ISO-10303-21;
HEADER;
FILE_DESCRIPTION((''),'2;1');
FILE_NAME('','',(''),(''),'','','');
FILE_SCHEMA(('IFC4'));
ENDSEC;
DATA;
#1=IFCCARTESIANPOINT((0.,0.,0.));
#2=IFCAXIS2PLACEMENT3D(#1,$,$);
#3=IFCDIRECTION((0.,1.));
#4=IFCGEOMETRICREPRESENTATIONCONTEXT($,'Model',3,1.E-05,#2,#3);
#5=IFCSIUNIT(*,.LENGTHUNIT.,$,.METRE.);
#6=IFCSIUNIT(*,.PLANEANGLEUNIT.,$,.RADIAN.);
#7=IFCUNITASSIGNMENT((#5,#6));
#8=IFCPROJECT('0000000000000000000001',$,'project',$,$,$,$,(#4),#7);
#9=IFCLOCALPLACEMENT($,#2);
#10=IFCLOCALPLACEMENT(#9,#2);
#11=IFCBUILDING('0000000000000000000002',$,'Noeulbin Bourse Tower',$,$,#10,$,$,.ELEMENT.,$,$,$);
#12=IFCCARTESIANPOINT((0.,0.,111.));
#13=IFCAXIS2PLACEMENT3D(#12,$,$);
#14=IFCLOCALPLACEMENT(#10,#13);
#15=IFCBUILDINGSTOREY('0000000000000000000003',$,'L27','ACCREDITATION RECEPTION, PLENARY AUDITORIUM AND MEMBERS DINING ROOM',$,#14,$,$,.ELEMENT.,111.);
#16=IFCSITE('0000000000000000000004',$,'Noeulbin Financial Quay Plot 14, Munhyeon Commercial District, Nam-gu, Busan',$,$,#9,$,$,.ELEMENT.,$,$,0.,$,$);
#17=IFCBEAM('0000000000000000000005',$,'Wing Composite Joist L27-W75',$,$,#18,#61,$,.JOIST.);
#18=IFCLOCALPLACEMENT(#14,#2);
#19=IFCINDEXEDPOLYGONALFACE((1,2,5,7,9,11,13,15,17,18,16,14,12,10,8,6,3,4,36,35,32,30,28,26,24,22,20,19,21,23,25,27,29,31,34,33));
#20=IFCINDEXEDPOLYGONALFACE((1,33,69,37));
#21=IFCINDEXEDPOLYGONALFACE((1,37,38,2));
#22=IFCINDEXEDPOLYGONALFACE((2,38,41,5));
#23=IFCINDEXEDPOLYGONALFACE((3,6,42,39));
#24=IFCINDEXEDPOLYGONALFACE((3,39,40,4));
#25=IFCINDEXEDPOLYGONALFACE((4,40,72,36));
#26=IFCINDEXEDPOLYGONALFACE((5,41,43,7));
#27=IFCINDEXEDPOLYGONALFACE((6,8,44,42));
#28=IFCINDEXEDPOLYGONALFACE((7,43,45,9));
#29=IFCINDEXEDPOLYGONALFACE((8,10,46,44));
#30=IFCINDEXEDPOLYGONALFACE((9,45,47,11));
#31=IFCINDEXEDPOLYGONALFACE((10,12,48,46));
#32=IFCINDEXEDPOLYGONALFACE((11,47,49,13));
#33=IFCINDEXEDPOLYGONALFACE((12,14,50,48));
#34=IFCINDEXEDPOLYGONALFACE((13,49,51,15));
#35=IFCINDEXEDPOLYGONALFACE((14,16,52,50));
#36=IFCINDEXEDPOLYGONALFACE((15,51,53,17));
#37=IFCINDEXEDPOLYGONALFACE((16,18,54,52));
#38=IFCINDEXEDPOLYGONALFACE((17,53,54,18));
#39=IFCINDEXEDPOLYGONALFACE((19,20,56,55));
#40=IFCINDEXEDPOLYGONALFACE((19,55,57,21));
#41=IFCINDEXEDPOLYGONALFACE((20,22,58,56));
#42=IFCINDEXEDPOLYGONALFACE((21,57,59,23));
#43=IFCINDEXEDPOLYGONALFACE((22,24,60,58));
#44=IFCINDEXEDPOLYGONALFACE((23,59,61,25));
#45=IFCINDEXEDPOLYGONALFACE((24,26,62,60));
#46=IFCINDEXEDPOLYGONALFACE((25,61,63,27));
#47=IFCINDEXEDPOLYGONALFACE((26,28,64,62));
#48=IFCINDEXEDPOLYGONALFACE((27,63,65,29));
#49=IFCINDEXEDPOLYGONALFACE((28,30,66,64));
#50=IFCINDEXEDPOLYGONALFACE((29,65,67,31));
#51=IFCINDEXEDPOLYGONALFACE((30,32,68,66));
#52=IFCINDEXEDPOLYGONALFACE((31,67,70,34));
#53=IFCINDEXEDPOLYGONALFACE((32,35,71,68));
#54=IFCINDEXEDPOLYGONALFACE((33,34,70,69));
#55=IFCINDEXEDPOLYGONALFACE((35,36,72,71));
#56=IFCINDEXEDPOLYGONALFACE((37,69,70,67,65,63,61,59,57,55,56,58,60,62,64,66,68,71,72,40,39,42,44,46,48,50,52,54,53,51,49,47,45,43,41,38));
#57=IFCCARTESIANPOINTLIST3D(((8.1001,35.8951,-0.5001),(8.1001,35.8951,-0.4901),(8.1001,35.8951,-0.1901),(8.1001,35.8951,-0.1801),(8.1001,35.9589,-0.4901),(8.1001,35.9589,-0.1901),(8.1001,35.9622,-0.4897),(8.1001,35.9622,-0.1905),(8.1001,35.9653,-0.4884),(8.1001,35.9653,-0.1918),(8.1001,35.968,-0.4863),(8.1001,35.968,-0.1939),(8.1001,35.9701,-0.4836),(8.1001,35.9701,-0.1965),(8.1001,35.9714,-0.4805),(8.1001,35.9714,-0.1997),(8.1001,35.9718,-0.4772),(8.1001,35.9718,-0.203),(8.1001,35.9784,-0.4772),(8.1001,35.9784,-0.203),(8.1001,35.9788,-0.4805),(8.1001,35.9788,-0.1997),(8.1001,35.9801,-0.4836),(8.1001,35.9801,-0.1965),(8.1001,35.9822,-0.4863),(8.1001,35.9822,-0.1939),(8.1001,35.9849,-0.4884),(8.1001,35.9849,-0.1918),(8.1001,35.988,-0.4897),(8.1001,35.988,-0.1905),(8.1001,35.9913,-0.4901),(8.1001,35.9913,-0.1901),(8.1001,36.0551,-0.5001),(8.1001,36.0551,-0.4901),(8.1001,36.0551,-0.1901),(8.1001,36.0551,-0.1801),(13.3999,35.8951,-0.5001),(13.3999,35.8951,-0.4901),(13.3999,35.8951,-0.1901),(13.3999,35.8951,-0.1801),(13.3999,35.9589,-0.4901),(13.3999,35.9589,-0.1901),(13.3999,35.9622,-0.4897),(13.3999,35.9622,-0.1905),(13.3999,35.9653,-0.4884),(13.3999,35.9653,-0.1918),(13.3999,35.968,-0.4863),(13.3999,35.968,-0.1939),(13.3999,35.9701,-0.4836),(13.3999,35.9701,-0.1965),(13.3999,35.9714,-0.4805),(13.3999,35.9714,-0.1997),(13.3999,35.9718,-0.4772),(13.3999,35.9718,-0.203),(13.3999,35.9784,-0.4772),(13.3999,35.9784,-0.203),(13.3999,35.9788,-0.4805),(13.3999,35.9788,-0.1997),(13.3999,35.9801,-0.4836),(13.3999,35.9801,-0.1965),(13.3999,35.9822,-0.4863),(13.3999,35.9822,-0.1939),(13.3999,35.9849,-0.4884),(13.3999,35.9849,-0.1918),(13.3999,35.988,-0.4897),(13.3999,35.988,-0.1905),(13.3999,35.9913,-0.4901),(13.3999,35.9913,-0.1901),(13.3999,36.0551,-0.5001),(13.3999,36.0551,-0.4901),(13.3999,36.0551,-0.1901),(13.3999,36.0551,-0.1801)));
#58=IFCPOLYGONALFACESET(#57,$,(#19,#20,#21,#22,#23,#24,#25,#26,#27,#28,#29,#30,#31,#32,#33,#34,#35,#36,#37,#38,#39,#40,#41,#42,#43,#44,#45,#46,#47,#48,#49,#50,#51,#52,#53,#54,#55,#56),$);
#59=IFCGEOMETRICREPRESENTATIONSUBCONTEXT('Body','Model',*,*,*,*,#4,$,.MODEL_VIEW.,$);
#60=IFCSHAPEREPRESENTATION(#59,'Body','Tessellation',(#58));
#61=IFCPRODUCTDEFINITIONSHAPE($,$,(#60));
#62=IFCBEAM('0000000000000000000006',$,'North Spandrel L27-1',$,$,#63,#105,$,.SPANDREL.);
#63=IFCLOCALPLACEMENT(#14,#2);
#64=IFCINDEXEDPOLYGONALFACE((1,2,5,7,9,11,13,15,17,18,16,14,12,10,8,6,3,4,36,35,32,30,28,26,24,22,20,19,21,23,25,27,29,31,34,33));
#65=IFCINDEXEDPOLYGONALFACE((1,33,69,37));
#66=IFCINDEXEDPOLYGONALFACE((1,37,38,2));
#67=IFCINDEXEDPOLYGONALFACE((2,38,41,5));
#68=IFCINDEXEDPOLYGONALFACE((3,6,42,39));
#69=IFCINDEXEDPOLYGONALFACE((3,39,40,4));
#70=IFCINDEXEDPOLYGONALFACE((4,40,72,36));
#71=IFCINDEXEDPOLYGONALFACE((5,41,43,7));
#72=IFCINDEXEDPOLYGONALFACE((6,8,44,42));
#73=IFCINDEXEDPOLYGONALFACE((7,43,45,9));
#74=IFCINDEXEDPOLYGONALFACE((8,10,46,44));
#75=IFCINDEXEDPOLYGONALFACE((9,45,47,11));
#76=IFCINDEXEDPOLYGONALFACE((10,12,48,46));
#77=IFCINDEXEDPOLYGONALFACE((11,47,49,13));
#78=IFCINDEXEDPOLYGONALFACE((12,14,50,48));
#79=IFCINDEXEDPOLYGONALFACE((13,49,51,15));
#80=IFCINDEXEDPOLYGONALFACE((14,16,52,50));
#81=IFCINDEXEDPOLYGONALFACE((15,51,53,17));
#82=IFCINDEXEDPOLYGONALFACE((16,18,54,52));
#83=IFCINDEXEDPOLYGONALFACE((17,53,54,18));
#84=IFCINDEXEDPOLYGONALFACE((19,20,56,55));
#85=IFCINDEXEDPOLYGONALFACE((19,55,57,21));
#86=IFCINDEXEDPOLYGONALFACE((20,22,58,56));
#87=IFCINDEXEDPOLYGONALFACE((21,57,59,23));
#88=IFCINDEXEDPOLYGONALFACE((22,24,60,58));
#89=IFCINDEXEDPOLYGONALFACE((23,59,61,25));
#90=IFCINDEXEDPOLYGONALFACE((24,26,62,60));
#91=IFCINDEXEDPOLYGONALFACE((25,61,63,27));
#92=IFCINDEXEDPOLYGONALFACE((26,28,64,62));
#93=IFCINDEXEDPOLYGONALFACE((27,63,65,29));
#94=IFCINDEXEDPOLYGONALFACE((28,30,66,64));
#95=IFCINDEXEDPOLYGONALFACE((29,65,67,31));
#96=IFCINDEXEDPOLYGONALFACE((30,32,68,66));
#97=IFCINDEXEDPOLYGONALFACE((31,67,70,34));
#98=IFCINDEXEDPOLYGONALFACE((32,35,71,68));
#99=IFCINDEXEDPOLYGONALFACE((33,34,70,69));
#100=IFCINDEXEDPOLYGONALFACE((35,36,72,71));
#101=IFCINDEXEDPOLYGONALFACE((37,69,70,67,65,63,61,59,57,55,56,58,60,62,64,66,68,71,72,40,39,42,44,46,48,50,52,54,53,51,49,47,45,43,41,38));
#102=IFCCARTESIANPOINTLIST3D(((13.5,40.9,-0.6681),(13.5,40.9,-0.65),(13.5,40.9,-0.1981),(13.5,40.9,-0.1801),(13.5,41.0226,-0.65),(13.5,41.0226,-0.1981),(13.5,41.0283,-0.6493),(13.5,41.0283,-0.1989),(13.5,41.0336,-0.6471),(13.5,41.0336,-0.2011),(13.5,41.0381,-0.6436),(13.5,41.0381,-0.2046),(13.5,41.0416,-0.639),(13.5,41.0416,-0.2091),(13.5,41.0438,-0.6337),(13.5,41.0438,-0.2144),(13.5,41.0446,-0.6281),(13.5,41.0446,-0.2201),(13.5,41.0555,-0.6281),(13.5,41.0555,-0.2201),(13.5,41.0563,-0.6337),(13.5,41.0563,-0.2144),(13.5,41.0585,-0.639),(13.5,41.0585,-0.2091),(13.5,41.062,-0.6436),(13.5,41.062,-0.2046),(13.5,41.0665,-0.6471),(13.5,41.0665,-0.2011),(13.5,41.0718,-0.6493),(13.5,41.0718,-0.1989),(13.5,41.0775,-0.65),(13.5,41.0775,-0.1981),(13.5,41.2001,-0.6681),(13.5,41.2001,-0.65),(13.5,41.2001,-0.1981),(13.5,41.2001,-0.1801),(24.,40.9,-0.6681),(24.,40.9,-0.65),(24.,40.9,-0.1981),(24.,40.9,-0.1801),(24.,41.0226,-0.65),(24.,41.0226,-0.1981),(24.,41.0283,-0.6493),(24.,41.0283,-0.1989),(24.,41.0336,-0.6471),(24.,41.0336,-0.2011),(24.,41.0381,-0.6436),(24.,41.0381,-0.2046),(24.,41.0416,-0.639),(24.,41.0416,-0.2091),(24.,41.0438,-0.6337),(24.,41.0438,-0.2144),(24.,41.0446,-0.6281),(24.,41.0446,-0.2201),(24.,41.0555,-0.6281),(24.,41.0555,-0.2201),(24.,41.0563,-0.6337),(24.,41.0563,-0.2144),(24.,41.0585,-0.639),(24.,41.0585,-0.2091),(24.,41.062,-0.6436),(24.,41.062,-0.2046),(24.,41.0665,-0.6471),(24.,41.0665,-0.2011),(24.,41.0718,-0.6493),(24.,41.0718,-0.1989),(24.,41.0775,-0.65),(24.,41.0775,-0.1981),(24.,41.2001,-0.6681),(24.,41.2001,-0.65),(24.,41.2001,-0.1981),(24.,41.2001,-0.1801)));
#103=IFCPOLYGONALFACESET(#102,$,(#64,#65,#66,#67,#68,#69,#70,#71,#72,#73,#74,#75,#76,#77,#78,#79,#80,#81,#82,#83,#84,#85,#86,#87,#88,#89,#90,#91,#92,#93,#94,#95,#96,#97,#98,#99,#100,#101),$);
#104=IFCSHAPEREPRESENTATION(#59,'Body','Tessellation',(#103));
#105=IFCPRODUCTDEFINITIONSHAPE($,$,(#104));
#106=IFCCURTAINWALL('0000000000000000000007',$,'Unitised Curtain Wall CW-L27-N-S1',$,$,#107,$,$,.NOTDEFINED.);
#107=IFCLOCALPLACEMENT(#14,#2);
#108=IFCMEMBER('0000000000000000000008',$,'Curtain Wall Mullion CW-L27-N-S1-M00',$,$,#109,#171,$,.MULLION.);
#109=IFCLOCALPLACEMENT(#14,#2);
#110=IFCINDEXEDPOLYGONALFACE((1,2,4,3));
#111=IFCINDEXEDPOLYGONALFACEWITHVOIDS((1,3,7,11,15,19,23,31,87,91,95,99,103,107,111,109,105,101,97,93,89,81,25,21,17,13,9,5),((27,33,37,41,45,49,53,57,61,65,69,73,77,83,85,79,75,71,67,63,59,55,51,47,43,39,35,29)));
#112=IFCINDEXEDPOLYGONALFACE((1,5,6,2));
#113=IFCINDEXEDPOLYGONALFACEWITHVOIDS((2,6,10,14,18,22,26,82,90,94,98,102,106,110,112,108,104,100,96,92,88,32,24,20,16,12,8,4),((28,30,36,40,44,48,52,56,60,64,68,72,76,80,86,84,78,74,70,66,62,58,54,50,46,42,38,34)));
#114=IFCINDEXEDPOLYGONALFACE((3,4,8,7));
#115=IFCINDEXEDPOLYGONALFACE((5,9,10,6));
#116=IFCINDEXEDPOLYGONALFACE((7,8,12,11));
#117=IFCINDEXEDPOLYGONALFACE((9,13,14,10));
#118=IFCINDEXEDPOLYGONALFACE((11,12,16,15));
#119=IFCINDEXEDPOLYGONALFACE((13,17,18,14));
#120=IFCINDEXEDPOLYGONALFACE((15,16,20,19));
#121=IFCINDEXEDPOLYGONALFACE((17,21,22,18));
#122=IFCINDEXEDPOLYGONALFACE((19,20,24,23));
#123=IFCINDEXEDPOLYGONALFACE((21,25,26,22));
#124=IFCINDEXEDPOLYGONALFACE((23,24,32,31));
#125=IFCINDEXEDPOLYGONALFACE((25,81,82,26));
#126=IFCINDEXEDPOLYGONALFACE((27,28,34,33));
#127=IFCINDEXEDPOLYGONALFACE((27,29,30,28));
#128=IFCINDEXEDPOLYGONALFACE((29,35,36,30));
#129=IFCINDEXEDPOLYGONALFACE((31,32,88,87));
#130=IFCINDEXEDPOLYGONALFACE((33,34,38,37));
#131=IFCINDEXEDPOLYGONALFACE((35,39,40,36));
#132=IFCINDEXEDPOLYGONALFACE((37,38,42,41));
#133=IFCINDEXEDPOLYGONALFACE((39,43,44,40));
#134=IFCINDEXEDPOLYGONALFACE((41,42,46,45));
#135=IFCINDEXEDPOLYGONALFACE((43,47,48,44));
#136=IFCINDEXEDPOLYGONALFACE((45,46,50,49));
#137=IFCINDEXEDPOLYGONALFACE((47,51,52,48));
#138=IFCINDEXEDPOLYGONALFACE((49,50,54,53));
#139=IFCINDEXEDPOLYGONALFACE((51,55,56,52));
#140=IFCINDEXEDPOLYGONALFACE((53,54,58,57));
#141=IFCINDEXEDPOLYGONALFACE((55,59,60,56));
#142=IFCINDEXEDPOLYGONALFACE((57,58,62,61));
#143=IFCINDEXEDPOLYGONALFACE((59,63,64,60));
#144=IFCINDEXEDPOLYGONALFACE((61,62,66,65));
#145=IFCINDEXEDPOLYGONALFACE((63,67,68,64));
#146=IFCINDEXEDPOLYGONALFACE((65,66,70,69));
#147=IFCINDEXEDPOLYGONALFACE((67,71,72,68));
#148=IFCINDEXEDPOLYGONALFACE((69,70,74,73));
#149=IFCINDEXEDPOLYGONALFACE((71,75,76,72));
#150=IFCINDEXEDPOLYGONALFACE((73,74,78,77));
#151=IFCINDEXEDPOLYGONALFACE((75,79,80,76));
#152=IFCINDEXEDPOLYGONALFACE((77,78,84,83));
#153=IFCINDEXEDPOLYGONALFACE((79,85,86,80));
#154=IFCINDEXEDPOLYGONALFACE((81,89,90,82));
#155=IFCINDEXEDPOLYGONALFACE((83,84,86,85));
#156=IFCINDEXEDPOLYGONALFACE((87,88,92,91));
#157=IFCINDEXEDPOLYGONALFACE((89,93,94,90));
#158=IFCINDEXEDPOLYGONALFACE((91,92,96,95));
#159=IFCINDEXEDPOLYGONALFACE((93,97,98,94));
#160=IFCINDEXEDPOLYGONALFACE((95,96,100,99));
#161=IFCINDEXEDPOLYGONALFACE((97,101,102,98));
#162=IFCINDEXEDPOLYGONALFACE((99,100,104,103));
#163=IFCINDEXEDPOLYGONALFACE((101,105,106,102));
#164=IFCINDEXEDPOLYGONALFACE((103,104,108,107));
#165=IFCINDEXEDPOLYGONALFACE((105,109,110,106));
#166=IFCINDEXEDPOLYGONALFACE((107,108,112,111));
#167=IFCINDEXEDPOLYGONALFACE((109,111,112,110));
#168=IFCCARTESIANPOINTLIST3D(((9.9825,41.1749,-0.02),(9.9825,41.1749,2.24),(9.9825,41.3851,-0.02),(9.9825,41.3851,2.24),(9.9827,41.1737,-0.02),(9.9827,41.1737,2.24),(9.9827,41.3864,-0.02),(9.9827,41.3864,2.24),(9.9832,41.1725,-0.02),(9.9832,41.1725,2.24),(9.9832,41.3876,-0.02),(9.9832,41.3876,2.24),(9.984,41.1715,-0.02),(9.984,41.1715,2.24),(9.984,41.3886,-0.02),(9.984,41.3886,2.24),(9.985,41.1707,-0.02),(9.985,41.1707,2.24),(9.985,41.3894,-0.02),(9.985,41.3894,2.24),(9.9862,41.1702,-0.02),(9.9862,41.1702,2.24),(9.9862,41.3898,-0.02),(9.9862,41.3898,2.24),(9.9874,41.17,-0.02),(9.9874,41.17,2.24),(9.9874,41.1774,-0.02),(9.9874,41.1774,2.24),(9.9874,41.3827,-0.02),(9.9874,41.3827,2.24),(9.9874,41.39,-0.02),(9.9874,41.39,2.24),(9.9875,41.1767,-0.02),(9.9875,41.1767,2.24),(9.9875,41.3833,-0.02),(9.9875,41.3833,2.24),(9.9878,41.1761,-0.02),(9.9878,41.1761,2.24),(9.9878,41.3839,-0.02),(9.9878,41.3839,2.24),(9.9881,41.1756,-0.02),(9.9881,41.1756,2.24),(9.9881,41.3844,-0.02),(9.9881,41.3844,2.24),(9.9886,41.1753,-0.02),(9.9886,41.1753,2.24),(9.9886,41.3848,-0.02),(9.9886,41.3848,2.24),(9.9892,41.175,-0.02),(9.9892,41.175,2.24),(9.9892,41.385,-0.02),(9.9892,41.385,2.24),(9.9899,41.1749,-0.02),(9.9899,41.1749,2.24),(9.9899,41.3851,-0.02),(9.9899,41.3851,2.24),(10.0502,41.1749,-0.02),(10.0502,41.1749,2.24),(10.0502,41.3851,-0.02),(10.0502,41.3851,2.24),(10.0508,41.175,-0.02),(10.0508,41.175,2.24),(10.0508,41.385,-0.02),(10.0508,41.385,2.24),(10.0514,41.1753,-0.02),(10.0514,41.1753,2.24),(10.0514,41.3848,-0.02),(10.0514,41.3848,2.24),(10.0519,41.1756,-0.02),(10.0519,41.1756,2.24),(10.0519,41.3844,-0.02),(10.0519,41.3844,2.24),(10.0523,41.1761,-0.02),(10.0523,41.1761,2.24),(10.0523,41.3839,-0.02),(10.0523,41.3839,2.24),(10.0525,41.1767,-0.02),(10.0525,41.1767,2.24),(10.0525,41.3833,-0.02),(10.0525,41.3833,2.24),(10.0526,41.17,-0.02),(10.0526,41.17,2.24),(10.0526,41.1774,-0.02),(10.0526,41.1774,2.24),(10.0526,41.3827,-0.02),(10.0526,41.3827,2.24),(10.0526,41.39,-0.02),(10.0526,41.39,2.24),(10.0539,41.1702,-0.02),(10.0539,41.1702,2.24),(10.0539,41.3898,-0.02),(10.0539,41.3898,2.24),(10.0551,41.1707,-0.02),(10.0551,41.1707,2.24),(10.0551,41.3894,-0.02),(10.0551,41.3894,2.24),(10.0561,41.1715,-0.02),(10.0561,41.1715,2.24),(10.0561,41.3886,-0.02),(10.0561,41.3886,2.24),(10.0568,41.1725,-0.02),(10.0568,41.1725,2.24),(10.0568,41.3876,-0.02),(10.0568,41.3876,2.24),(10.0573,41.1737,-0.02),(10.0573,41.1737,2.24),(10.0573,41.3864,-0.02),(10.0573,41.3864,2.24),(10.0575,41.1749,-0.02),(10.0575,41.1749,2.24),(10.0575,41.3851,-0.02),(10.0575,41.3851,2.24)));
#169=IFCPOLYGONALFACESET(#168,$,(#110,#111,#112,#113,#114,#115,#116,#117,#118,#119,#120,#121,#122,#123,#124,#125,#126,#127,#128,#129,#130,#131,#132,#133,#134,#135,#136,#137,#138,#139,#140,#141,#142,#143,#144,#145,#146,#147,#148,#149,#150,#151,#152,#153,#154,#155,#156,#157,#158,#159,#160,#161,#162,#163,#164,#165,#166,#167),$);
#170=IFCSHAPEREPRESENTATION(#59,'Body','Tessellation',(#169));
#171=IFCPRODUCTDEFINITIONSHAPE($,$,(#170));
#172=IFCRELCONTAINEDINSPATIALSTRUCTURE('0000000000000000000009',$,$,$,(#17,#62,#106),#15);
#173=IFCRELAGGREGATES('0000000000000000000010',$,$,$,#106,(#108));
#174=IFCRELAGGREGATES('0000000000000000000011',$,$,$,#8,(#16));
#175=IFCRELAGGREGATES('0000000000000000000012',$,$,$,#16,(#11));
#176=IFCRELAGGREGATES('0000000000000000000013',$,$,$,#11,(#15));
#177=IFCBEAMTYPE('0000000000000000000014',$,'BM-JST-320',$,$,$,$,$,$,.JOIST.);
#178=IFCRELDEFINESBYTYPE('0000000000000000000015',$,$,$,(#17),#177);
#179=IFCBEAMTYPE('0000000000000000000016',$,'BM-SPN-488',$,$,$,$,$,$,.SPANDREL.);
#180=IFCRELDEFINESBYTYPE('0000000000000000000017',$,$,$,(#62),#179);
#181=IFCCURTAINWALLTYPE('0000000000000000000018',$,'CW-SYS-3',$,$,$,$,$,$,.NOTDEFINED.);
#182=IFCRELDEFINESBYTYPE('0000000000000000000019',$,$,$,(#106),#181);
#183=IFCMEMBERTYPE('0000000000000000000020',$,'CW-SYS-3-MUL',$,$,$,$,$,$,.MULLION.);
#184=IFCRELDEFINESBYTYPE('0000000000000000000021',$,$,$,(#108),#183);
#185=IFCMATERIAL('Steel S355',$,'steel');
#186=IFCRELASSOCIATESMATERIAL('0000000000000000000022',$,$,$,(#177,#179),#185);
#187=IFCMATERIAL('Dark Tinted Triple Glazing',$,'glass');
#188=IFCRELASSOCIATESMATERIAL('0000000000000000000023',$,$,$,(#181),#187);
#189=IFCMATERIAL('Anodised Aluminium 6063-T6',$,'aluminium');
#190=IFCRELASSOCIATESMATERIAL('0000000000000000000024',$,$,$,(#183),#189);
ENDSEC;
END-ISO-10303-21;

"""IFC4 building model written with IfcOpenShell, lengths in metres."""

from ifc_helpers import new_model, si_unit, direction, frame, origin, origin_2d, place, context, subcontext, project, spatial, hollow_rectangle, i_section, extrude, material, material_profile, profile_set, type_object, element, aggregate, save


model = new_model("IFC4")

# Units and contexts
model_context = context("Model", 3, precision=1e-05, world=origin(), true_north=direction((0.0, 1.0)))
body_context = subcontext(model_context, "Body", "Model", "MODEL_VIEW")
ifc_project = project(units=[si_unit("LENGTHUNIT", "METRE"), si_unit("PLANEANGLEUNIT", "RADIAN")], contexts=[model_context])

# Site, building, storey
site_placement = place(None, origin())
site = spatial("IfcSite", under=ifc_project, at=site_placement, Name="Noeulbin Financial Quay Plot 14, Munhyeon Commercial District, Nam-gu, Busan", CompositionType="ELEMENT", RefElevation=0.0)
building_placement = place(site_placement, origin())
building = spatial("IfcBuilding", under=site, at=building_placement, Name="Noeulbin Bourse Tower", CompositionType="ELEMENT")
storey_placement = place(building_placement, frame((0.0, 0.0, 111.0)))
storey = spatial("IfcBuildingStorey", under=building, at=storey_placement, Name="L27", Description="ACCREDITATION RECEPTION, PLENARY AUDITORIUM AND MEMBERS DINING ROOM", CompositionType="ELEMENT", Elevation=111.0)

# Shared definitions
ifc_material_1 = material(Name="Steel S355", Category="steel")

# Beams
ifc_material_profile_1 = material_profile(ifc_material_1, i_section(OverallWidth=0.1599, OverallDepth=0.3201, WebThickness=0.0066, FlangeThickness=0.01, FilletRadius=0.0129, at=origin_2d()), Name="H-320x160x6.5x10", Category="LoadBearing")
ifc_profile_set_1 = profile_set([ifc_material_profile_1], Name="Steel S355")
beam_type_1 = type_object("IfcBeamType", Name="BM-JST-320", PredefinedType="JOIST", material=ifc_profile_set_1)
beam_1_placement = place(storey_placement, frame((8.1001, 35.9751, -0.3401), z_axis=(1.0, 0.0, 0.0), x_axis=(0.0, 1.0, 0.0)))
element("IfcBeam", 1, at=beam_1_placement, inside=storey, type_object=beam_type_1, Name="Wing Composite Joist L27-W75", PredefinedType="JOIST", context=body_context, shape_type="SweptSolid", body=[
    extrude(i_section(OverallWidth=0.1599, OverallDepth=0.3201, WebThickness=0.0066, FlangeThickness=0.01, FilletRadius=0.0129, at=origin_2d()), origin(), (0.0, 0.0, 1.0), 5.2998),
])
ifc_material_profile_2 = material_profile(ifc_material_1, i_section(OverallWidth=0.3, OverallDepth=0.488, WebThickness=0.011, FlangeThickness=0.0181, FilletRadius=0.022, at=origin_2d()), Name="H-488x300x11x18", Category="LoadBearing")
ifc_profile_set_2 = profile_set([ifc_material_profile_2], Name="Steel S355")
beam_type_2 = type_object("IfcBeamType", Name="BM-SPN-488", PredefinedType="SPANDREL", material=ifc_profile_set_2)
beam_2_placement = place(storey_placement, frame((13.5, 41.05, -0.4241), z_axis=(1.0, 0.0, 0.0), x_axis=(0.0, 1.0, 0.0)))
element("IfcBeam", 2, at=beam_2_placement, inside=storey, type_object=beam_type_2, Name="North Spandrel L27-1", PredefinedType="SPANDREL", context=body_context, shape_type="SweptSolid", body=[
    extrude(i_section(OverallWidth=0.3, OverallDepth=0.488, WebThickness=0.011, FlangeThickness=0.0181, FilletRadius=0.022, at=origin_2d()), origin(), (0.0, 0.0, 1.0), 10.5),
])

# Curtain wall, member
ifc_material_2 = material(Name="Dark Tinted Triple Glazing", Category="glass")
curtain_wall_type = type_object("IfcCurtainWallType", Name="CW-SYS-3", PredefinedType="NOTDEFINED", material=ifc_material_2)
curtain_wall_1_placement = place(storey_placement, origin())
curtain_wall_1 = element("IfcCurtainWall", 3, at=curtain_wall_1_placement, inside=storey, type_object=curtain_wall_type, Name="Unitised Curtain Wall CW-L27-N-S1", PredefinedType="NOTDEFINED")
ifc_material_3 = material(Name="Anodised Aluminium 6063-T6", Category="aluminium")
ifc_material_profile_3 = material_profile(ifc_material_3, hollow_rectangle(XDim=0.075, YDim=0.22, WallThickness=0.0049, InnerFilletRadius=0.0024, OuterFilletRadius=0.0049, at=origin_2d()), Name="ALU-MULL-75x220x5", Category="LoadBearing")
ifc_profile_set_3 = profile_set([ifc_material_profile_3], Name="Anodised Aluminium 6063-T6")
member_type_1 = type_object("IfcMemberType", Name="CW-SYS-3-MUL", PredefinedType="MULLION", material=ifc_profile_set_3)
member_1_placement = place(storey_placement, frame((10.02, 41.28, -0.02), z_axis=(0.0, 0.0, 1.0), x_axis=(1.0, 0.0, 0.0)))
member_1 = element("IfcMember", 4, at=member_1_placement, type_object=member_type_1, Name="Curtain Wall Mullion CW-L27-N-S1-M00", PredefinedType="MULLION", context=body_context, shape_type="SweptSolid", body=[
    extrude(hollow_rectangle(XDim=0.075, YDim=0.22, WallThickness=0.0049, InnerFilletRadius=0.0024, OuterFilletRadius=0.0049, at=origin_2d()), origin(), (0.0, 0.0, 1.0), 2.26),
])

aggregate(curtain_wall_1, [member_1])

save(model, "model.ifc")
